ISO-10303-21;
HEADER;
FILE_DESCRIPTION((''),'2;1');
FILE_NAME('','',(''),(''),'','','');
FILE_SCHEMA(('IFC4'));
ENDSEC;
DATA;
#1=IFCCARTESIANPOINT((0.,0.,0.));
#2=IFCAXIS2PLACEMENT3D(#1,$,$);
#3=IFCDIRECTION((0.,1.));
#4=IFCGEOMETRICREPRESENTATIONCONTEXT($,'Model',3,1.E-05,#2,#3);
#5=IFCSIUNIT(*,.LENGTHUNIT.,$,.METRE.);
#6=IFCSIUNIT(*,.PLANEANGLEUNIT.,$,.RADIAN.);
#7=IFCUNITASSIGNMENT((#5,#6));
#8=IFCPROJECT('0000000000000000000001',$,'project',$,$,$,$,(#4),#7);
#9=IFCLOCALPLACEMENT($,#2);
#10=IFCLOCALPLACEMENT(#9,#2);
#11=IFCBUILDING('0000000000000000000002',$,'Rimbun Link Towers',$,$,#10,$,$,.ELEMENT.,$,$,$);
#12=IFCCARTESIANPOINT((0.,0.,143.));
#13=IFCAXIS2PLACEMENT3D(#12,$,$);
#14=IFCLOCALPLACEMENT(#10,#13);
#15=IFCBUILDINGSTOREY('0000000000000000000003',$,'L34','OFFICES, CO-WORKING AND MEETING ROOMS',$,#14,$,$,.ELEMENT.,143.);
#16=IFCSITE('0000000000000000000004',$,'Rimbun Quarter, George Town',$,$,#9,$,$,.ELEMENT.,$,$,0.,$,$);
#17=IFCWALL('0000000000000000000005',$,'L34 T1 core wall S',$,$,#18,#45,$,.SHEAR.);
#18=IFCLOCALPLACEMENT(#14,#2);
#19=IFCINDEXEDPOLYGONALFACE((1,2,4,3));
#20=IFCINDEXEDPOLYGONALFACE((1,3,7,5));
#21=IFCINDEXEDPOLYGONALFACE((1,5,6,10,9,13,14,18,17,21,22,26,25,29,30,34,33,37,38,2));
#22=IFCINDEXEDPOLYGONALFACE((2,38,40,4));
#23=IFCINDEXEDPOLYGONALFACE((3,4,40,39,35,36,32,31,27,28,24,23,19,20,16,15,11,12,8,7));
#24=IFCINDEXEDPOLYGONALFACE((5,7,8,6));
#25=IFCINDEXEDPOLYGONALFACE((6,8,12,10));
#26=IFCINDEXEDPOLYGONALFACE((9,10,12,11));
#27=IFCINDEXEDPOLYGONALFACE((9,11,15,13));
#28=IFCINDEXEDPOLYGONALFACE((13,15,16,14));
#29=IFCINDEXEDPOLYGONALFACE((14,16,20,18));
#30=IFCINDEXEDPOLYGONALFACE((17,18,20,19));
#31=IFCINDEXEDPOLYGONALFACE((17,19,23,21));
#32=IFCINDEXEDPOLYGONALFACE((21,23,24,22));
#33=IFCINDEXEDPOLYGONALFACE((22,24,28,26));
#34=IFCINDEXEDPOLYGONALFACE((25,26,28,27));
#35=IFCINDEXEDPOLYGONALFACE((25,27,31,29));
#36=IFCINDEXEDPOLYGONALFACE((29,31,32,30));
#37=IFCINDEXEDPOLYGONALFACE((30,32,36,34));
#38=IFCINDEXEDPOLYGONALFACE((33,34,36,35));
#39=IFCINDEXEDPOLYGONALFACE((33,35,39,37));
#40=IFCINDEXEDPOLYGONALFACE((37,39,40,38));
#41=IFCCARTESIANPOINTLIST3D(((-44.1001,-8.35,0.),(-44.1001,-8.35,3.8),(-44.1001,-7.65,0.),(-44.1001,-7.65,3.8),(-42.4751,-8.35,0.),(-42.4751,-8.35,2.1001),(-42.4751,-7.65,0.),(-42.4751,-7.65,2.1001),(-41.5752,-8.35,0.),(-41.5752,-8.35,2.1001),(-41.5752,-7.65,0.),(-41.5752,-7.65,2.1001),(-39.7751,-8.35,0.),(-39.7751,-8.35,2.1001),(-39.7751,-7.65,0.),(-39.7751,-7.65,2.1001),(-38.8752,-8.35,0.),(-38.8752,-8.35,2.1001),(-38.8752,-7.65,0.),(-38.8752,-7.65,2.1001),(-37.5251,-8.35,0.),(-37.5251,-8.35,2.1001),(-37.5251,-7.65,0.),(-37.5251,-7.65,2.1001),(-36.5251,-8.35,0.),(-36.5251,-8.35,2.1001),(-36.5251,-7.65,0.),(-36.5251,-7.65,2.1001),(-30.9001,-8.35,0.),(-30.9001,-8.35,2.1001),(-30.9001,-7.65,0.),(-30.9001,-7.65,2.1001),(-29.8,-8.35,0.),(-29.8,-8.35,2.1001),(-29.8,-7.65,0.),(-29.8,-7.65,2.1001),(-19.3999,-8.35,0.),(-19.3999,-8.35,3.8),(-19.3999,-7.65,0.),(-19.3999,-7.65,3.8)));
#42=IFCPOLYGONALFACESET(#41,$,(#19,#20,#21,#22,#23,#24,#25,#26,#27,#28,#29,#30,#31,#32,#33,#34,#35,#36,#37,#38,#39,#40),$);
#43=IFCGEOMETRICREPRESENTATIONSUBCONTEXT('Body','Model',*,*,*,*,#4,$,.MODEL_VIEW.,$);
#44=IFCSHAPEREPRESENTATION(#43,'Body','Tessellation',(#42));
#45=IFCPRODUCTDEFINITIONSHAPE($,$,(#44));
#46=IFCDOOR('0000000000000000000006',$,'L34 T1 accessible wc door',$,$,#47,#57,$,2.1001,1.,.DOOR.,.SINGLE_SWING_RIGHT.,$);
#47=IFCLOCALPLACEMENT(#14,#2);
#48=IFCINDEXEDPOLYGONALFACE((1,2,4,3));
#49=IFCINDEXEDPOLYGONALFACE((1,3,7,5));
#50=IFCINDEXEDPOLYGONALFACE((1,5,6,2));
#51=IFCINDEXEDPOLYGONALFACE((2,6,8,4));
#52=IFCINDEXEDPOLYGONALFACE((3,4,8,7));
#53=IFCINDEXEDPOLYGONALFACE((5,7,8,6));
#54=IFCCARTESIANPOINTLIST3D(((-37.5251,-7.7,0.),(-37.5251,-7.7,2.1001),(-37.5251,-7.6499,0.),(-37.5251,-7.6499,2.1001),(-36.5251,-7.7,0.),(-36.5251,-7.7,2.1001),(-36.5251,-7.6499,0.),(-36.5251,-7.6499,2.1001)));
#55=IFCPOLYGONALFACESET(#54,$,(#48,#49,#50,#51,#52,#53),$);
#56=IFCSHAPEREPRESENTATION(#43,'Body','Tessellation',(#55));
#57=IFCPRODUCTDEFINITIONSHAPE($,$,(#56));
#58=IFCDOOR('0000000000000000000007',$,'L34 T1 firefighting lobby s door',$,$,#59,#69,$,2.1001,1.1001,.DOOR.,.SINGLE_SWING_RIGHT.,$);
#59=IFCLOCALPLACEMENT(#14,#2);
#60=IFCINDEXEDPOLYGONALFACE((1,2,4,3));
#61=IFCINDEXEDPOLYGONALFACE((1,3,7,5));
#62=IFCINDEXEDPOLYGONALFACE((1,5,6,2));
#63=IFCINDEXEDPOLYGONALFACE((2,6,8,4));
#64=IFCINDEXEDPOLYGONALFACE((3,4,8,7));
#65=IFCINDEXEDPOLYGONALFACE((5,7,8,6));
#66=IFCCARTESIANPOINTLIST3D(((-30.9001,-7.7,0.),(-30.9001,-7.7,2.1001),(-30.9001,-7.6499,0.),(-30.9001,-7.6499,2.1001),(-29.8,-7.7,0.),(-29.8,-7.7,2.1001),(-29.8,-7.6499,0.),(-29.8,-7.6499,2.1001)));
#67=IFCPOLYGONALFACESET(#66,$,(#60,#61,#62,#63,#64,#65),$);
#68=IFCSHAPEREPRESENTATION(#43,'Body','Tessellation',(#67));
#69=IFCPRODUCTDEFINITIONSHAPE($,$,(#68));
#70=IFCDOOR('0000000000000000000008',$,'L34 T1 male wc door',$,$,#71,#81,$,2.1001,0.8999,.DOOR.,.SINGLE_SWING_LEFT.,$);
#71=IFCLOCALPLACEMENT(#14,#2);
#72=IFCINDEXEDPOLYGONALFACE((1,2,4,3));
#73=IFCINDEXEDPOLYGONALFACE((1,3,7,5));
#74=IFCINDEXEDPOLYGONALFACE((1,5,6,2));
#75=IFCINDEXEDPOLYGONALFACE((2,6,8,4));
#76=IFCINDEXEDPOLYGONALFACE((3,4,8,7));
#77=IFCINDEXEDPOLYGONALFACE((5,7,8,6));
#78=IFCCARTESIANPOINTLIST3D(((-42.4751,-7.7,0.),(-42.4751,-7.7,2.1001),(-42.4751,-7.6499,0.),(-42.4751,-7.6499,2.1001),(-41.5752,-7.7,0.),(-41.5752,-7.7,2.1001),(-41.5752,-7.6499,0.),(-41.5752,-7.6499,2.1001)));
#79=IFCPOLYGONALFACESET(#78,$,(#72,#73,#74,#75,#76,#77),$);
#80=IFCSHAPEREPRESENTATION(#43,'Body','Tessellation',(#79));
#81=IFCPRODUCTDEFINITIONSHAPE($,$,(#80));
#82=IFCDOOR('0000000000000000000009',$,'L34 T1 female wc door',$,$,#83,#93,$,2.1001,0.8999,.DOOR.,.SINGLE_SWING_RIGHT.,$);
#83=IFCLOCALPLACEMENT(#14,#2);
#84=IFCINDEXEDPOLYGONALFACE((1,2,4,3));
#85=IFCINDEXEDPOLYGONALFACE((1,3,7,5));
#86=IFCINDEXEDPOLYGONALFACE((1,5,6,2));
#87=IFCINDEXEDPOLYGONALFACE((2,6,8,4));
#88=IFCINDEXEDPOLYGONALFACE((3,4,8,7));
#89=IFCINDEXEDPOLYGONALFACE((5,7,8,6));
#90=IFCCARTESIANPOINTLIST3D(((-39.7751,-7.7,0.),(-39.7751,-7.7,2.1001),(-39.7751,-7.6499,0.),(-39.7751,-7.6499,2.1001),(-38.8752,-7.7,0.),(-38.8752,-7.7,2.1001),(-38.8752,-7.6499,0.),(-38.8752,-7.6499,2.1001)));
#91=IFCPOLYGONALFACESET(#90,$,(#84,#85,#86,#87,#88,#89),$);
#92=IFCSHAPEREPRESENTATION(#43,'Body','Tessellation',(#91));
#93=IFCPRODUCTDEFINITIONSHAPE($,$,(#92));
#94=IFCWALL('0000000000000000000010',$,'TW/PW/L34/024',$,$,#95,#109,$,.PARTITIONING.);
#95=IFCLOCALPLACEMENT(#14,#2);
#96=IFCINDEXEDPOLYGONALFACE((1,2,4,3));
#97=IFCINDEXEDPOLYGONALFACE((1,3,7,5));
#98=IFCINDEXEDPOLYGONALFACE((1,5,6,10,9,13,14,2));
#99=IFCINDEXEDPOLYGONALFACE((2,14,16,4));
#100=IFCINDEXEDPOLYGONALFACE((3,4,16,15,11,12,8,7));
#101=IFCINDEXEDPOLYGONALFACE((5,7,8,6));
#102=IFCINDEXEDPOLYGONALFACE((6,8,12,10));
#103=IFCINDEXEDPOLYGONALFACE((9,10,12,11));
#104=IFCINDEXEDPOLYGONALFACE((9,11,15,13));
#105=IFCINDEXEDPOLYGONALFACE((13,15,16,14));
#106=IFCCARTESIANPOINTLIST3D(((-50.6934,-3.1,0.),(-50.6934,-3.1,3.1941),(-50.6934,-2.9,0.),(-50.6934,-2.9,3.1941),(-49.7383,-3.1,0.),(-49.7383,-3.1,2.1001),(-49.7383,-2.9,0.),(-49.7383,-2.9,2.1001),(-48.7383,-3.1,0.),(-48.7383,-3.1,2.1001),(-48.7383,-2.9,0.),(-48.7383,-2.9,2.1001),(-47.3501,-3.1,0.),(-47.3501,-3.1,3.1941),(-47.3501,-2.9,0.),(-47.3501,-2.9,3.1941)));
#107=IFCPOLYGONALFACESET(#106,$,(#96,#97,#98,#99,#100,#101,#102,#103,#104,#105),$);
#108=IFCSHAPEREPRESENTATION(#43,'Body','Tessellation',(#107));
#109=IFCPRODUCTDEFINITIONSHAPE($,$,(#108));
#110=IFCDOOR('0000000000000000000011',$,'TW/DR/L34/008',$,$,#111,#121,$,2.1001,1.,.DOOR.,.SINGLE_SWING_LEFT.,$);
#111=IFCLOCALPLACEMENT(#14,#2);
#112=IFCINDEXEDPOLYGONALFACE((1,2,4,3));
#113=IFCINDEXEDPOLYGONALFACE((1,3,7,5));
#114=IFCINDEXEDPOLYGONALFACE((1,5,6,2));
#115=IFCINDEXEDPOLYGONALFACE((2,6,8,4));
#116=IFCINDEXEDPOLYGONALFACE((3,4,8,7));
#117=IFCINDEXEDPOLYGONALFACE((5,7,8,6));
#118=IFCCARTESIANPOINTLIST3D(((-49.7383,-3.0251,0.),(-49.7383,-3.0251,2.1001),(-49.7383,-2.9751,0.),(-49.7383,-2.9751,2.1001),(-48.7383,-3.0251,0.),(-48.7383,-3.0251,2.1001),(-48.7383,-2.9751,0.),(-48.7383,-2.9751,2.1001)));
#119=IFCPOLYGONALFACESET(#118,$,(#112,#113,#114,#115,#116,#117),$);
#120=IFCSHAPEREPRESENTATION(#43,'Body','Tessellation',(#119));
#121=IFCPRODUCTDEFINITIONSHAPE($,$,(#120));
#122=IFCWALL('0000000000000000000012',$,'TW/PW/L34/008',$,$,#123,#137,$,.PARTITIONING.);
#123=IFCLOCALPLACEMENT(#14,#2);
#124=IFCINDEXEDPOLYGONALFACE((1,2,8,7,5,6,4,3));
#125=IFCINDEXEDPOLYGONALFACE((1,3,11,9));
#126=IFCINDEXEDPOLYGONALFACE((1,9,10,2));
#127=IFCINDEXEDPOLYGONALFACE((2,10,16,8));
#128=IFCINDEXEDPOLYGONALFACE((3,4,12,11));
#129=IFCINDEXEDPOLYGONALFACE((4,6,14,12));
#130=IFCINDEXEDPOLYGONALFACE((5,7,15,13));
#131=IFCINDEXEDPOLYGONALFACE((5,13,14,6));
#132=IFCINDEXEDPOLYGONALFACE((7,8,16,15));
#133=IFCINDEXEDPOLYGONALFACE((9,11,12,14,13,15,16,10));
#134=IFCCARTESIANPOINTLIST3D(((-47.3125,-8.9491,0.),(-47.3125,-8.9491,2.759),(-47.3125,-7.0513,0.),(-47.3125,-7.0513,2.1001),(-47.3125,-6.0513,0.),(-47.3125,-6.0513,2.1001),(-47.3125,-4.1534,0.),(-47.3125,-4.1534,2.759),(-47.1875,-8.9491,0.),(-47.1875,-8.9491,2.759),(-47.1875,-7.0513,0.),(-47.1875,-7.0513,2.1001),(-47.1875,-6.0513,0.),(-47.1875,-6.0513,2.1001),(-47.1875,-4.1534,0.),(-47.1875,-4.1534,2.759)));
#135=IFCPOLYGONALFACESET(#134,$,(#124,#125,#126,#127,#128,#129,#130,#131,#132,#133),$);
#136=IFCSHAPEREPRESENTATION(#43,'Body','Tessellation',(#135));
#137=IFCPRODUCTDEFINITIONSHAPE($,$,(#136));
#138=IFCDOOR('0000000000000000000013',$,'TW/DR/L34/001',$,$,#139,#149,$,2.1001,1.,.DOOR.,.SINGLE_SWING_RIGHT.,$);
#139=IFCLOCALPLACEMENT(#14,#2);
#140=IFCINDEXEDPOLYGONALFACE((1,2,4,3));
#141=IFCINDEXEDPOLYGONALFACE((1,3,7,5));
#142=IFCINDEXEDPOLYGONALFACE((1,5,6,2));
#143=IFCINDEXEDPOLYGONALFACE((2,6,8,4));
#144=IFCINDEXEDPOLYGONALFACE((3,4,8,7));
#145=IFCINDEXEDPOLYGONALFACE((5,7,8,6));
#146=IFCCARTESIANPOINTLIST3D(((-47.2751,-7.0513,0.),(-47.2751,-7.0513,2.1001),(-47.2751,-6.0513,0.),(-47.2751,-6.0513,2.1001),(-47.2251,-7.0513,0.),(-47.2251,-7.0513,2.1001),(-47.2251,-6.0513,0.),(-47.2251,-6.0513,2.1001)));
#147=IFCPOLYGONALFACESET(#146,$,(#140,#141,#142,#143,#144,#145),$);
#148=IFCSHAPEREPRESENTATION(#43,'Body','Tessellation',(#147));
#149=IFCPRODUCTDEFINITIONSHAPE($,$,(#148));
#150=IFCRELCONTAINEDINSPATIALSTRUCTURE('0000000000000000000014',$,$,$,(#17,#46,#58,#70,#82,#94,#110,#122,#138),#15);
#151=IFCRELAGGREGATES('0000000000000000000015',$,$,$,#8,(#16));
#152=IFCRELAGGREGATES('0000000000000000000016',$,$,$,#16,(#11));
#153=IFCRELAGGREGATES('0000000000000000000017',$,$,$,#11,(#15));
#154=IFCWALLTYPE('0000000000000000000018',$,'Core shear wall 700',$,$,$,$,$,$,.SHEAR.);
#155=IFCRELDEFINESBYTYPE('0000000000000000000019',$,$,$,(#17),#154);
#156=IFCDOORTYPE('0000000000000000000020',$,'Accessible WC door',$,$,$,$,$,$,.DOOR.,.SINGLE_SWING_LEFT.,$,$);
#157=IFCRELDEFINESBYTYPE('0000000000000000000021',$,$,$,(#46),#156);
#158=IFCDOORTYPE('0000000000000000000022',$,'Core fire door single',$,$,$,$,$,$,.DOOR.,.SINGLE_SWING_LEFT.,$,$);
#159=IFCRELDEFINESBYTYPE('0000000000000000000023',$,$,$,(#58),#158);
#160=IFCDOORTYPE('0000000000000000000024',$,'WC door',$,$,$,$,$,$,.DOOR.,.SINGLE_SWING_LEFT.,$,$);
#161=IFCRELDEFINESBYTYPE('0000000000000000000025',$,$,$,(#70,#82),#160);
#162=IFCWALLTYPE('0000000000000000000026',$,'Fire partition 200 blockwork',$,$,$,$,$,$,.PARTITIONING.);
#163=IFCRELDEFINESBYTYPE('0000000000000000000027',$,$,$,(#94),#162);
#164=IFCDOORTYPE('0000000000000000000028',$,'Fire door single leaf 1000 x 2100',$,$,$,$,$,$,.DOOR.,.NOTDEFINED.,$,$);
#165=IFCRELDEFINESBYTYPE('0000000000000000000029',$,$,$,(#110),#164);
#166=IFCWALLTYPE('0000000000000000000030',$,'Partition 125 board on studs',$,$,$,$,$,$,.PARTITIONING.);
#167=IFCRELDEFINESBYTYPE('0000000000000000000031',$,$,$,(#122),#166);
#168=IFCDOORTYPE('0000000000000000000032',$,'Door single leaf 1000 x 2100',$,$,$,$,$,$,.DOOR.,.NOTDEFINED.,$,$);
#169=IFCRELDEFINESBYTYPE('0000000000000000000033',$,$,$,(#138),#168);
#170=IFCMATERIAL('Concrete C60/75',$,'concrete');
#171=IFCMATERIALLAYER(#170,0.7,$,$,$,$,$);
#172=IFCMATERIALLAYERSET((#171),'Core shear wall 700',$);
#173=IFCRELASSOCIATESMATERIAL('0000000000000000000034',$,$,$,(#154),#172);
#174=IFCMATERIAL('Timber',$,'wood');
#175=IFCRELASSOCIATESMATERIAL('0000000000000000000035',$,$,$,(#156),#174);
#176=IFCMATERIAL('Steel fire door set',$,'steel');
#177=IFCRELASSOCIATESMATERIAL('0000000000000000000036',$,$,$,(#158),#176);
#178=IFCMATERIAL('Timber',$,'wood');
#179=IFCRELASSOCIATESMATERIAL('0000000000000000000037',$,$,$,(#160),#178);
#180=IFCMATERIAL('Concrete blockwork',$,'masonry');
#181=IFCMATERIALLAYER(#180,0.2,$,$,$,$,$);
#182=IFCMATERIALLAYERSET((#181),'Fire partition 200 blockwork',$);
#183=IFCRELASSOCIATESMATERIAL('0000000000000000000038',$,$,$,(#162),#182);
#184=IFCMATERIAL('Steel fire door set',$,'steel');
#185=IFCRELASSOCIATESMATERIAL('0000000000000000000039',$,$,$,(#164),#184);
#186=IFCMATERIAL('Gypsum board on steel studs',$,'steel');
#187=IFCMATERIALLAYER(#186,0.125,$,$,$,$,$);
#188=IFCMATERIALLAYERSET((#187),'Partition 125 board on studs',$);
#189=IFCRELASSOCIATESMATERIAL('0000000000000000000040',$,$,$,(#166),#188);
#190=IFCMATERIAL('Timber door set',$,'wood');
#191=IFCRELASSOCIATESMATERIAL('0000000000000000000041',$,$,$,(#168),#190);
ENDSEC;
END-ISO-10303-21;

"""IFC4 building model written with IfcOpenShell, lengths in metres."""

from ifc_helpers import new_model, si_unit, direction, frame, frame_2d, origin, place, context, subcontext, project, spatial, rectangle, extrude, material, layer, layer_set, type_object, element, fill, save


model = new_model("IFC4")

# Units and contexts
model_context = context("Model", 3, precision=1e-05, world=origin(), true_north=direction((0.0, 1.0)))
body_context = subcontext(model_context, "Body", "Model", "MODEL_VIEW")
ifc_project = project(units=[si_unit("LENGTHUNIT", "METRE"), si_unit("PLANEANGLEUNIT", "RADIAN")], contexts=[model_context])

# Site, building, storey
site_placement = place(None, origin())
site = spatial("IfcSite", under=ifc_project, at=site_placement, Name="Rimbun Quarter, George Town", CompositionType="ELEMENT", RefElevation=0.0)
building_placement = place(site_placement, origin())
building = spatial("IfcBuilding", under=site, at=building_placement, Name="Rimbun Link Towers", CompositionType="ELEMENT")
storey_placement = place(building_placement, frame((0.0, 0.0, 143.0)))
storey = spatial("IfcBuildingStorey", under=building, at=storey_placement, Name="L34", Description="OFFICES, CO-WORKING AND MEETING ROOMS", CompositionType="ELEMENT", Elevation=143.0)

# Wall, openings, doors
ifc_material_1 = material(Name="Concrete C60/75", Category="concrete")
ifc_layer_1 = layer(ifc_material_1, 0.7)
ifc_layer_set_1 = layer_set([ifc_layer_1], Name="Core shear wall 700")
wall_type_1 = type_object("IfcWallType", Name="Core shear wall 700", PredefinedType="SHEAR", material=ifc_layer_set_1)
wall_1_placement = place(storey_placement, frame((-44.1001, -8.0, 0.0), z_axis=(0.0, 0.0, 1.0), x_axis=(1.0, 0.0, 0.0)))
wall_1 = element("IfcWall", 1, at=wall_1_placement, inside=storey, type_object=wall_type_1, Name="L34 T1 core wall S", PredefinedType="SHEAR", context=body_context, shape_type="SweptSolid", body=[
    extrude(rectangle(XDim=24.7002, YDim=0.7, at=frame_2d((12.3501, 0.0))), origin(), (0.0, 0.0, 1.0), 3.8),
])
opening_1_placement = place(wall_1_placement, frame((13.2, 0.0, 0.0)))
opening_1 = element("IfcOpeningElement", 2, at=opening_1_placement, cuts=wall_1, PredefinedType="OPENING", context=body_context, shape_type="SweptSolid", body=[
    extrude(rectangle(XDim=1.1001, YDim=2.1001, at=frame_2d((0.55, 1.05))), frame((0.0, 0.3599, 0.0), z_axis=(0.0, -1.0, 0.0), x_axis=(1.0, 0.0, 0.0)), (0.0, 0.0, 1.0), 0.72),
])
opening_2_placement = place(wall_1_placement, frame((1.625, 0.0, 0.0)))
opening_2 = element("IfcOpeningElement", 3, at=opening_2_placement, cuts=wall_1, PredefinedType="OPENING", context=body_context, shape_type="SweptSolid", body=[
    extrude(rectangle(XDim=0.8999, YDim=2.1001, at=frame_2d((0.45, 1.05))), frame((0.0, 0.3599, 0.0), z_axis=(0.0, -1.0, 0.0), x_axis=(1.0, 0.0, 0.0)), (0.0, 0.0, 1.0), 0.72),
])
opening_3_placement = place(wall_1_placement, frame((4.325, 0.0, 0.0)))
opening_3 = element("IfcOpeningElement", 4, at=opening_3_placement, cuts=wall_1, PredefinedType="OPENING", context=body_context, shape_type="SweptSolid", body=[
    extrude(rectangle(XDim=0.8999, YDim=2.1001, at=frame_2d((0.45, 1.05))), frame((0.0, 0.3599, 0.0), z_axis=(0.0, -1.0, 0.0), x_axis=(1.0, 0.0, 0.0)), (0.0, 0.0, 1.0), 0.72),
])
opening_4_placement = place(wall_1_placement, frame((6.575, 0.0, 0.0)))
opening_4 = element("IfcOpeningElement", 5, at=opening_4_placement, cuts=wall_1, PredefinedType="OPENING", context=body_context, shape_type="SweptSolid", body=[
    extrude(rectangle(XDim=1.0, YDim=2.1001, at=frame_2d((0.5, 1.05))), frame((0.0, 0.3599, 0.0), z_axis=(0.0, -1.0, 0.0), x_axis=(1.0, 0.0, 0.0)), (0.0, 0.0, 1.0), 0.72),
])
ifc_material_2 = material(Name="Timber", Category="wood")
door_type_1 = type_object("IfcDoorType", Name="Accessible WC door", OperationType="SINGLE_SWING_LEFT", PredefinedType="DOOR", material=ifc_material_2)
door_1_placement = place(opening_4_placement, origin())
door_1 = element("IfcDoor", 6, at=door_1_placement, inside=storey, type_object=door_type_1, Name="L34 T1 accessible wc door", OperationType="SINGLE_SWING_RIGHT", OverallHeight=2.1001, OverallWidth=1.0, PredefinedType="DOOR", context=body_context, shape_type="SweptSolid", body=[
    extrude(rectangle(XDim=1.0, YDim=2.1001, at=frame_2d((0.5, 1.05))), frame((0.0, 0.3501, 0.0), z_axis=(0.0, -1.0, 0.0), x_axis=(1.0, 0.0, 0.0)), (0.0, 0.0, 1.0), 0.05),
])
fill(opening_4, door_1)
ifc_material_3 = material(Name="Steel fire door set", Category="steel")
door_type_2 = type_object("IfcDoorType", Name="Core fire door single", OperationType="SINGLE_SWING_LEFT", PredefinedType="DOOR", material=ifc_material_3)
door_2_placement = place(opening_1_placement, origin())
door_2 = element("IfcDoor", 7, at=door_2_placement, inside=storey, type_object=door_type_2, Name="L34 T1 firefighting lobby s door", OperationType="SINGLE_SWING_RIGHT", OverallHeight=2.1001, OverallWidth=1.1001, PredefinedType="DOOR", context=body_context, shape_type="SweptSolid", body=[
    extrude(rectangle(XDim=1.1001, YDim=2.1001, at=frame_2d((0.55, 1.05))), frame((0.0, 0.3501, 0.0), z_axis=(0.0, -1.0, 0.0), x_axis=(1.0, 0.0, 0.0)), (0.0, 0.0, 1.0), 0.05),
])
fill(opening_1, door_2)
ifc_material_4 = material(Name="Timber", Category="wood")
door_type_3 = type_object("IfcDoorType", Name="WC door", OperationType="SINGLE_SWING_LEFT", PredefinedType="DOOR", material=ifc_material_4)
door_3_placement = place(opening_2_placement, origin())
door_3 = element("IfcDoor", 8, at=door_3_placement, inside=storey, type_object=door_type_3, Name="L34 T1 male wc door", OperationType="SINGLE_SWING_LEFT", OverallHeight=2.1001, OverallWidth=0.8999, PredefinedType="DOOR", context=body_context, shape_type="SweptSolid", body=[
    extrude(rectangle(XDim=0.8999, YDim=2.1001, at=frame_2d((0.45, 1.05))), frame((0.0, 0.3501, 0.0), z_axis=(0.0, -1.0, 0.0), x_axis=(1.0, 0.0, 0.0)), (0.0, 0.0, 1.0), 0.05),
])
fill(opening_2, door_3)
door_4_placement = place(opening_3_placement, origin())
door_4 = element("IfcDoor", 9, at=door_4_placement, inside=storey, type_object=door_type_3, Name="L34 T1 female wc door", OperationType="SINGLE_SWING_RIGHT", OverallHeight=2.1001, OverallWidth=0.8999, PredefinedType="DOOR", context=body_context, shape_type="SweptSolid", body=[
    extrude(rectangle(XDim=0.8999, YDim=2.1001, at=frame_2d((0.45, 1.05))), frame((0.0, 0.3501, 0.0), z_axis=(0.0, -1.0, 0.0), x_axis=(1.0, 0.0, 0.0)), (0.0, 0.0, 1.0), 0.05),
])
fill(opening_3, door_4)

# Walls, openings, doors
ifc_material_5 = material(Name="Concrete blockwork", Category="masonry")
ifc_layer_2 = layer(ifc_material_5, 0.2)
ifc_layer_set_2 = layer_set([ifc_layer_2], Name="Fire partition 200 blockwork")
wall_type_2 = type_object("IfcWallType", Name="Fire partition 200 blockwork", PredefinedType="PARTITIONING", material=ifc_layer_set_2)
wall_2_placement = place(storey_placement, frame((-50.6934, -3.0, 0.0), z_axis=(0.0, 0.0, 1.0), x_axis=(1.0, 0.0, 0.0)))
wall_2 = element("IfcWall", 10, at=wall_2_placement, inside=storey, type_object=wall_type_2, Name="TW/PW/L34/024", PredefinedType="PARTITIONING", context=body_context, shape_type="SweptSolid", body=[
    extrude(rectangle(XDim=3.3433, YDim=0.2, at=frame_2d((1.6716, 0.0))), origin(), (0.0, 0.0, 1.0), 3.1941),
])
opening_5_placement = place(wall_2_placement, frame((0.9551, 0.0, 0.0)))
opening_5 = element("IfcOpeningElement", 11, at=opening_5_placement, cuts=wall_2, PredefinedType="OPENING", context=body_context, shape_type="SweptSolid", body=[
    extrude(rectangle(XDim=1.0, YDim=2.1001, at=frame_2d((0.5, 1.05))), frame((0.0, 0.1099, 0.0), z_axis=(0.0, -1.0, 0.0), x_axis=(1.0, 0.0, 0.0)), (0.0, 0.0, 1.0), 0.22),
])
ifc_material_6 = material(Name="Steel fire door set", Category="steel")
door_type_4 = type_object("IfcDoorType", Name="Fire door single leaf 1000 x 2100", OperationType="NOTDEFINED", PredefinedType="DOOR", material=ifc_material_6)
door_5_placement = place(opening_5_placement, origin())
door_5 = element("IfcDoor", 12, at=door_5_placement, inside=storey, type_object=door_type_4, Name="TW/DR/L34/008", OperationType="SINGLE_SWING_LEFT", OverallHeight=2.1001, OverallWidth=1.0, PredefinedType="DOOR", context=body_context, shape_type="SweptSolid", body=[
    extrude(rectangle(XDim=1.0, YDim=2.1001, at=frame_2d((0.5, 1.05))), frame((0.0, 0.0249, 0.0), z_axis=(0.0, -1.0, 0.0), x_axis=(1.0, 0.0, 0.0)), (0.0, 0.0, 1.0), 0.05),
])
fill(opening_5, door_5)
ifc_material_7 = material(Name="Gypsum board on steel studs", Category="steel")
ifc_layer_3 = layer(ifc_material_7, 0.125)
ifc_layer_set_3 = layer_set([ifc_layer_3], Name="Partition 125 board on studs")
wall_type_3 = type_object("IfcWallType", Name="Partition 125 board on studs", PredefinedType="PARTITIONING", material=ifc_layer_set_3)
wall_3_placement = place(storey_placement, frame((-47.25, -4.1533, 0.0), z_axis=(0.0, 0.0, 1.0), x_axis=(0.0, -1.0, 0.0)))
wall_3 = element("IfcWall", 13, at=wall_3_placement, inside=storey, type_object=wall_type_3, Name="TW/PW/L34/008", PredefinedType="PARTITIONING", context=body_context, shape_type="SweptSolid", body=[
    extrude(rectangle(XDim=4.7957, YDim=0.125, at=frame_2d((2.3979, 0.0))), origin(), (0.0, 0.0, 1.0), 2.759),
])
opening_6_placement = place(wall_3_placement, frame((1.8979, 0.0, 0.0)))
opening_6 = element("IfcOpeningElement", 14, at=opening_6_placement, cuts=wall_3, PredefinedType="OPENING", context=body_context, shape_type="SweptSolid", body=[
    extrude(rectangle(XDim=1.0, YDim=2.1001, at=frame_2d((0.5, 1.05))), frame((0.0, 0.0725, 0.0), z_axis=(0.0, -1.0, 0.0), x_axis=(1.0, 0.0, 0.0)), (0.0, 0.0, 1.0), 0.145),
])
ifc_material_8 = material(Name="Timber door set", Category="wood")
door_type_5 = type_object("IfcDoorType", Name="Door single leaf 1000 x 2100", OperationType="NOTDEFINED", PredefinedType="DOOR", material=ifc_material_8)
door_6_placement = place(opening_6_placement, origin())
door_6 = element("IfcDoor", 15, at=door_6_placement, inside=storey, type_object=door_type_5, Name="TW/DR/L34/001", OperationType="SINGLE_SWING_RIGHT", OverallHeight=2.1001, OverallWidth=1.0, PredefinedType="DOOR", context=body_context, shape_type="SweptSolid", body=[
    extrude(rectangle(XDim=1.0, YDim=2.1001, at=frame_2d((0.5, 1.05))), frame((0.0, 0.0249, 0.0), z_axis=(0.0, -1.0, 0.0), x_axis=(1.0, 0.0, 0.0)), (0.0, 0.0, 1.0), 0.05),
])
fill(opening_6, door_6)

save(model, "model.ifc")
